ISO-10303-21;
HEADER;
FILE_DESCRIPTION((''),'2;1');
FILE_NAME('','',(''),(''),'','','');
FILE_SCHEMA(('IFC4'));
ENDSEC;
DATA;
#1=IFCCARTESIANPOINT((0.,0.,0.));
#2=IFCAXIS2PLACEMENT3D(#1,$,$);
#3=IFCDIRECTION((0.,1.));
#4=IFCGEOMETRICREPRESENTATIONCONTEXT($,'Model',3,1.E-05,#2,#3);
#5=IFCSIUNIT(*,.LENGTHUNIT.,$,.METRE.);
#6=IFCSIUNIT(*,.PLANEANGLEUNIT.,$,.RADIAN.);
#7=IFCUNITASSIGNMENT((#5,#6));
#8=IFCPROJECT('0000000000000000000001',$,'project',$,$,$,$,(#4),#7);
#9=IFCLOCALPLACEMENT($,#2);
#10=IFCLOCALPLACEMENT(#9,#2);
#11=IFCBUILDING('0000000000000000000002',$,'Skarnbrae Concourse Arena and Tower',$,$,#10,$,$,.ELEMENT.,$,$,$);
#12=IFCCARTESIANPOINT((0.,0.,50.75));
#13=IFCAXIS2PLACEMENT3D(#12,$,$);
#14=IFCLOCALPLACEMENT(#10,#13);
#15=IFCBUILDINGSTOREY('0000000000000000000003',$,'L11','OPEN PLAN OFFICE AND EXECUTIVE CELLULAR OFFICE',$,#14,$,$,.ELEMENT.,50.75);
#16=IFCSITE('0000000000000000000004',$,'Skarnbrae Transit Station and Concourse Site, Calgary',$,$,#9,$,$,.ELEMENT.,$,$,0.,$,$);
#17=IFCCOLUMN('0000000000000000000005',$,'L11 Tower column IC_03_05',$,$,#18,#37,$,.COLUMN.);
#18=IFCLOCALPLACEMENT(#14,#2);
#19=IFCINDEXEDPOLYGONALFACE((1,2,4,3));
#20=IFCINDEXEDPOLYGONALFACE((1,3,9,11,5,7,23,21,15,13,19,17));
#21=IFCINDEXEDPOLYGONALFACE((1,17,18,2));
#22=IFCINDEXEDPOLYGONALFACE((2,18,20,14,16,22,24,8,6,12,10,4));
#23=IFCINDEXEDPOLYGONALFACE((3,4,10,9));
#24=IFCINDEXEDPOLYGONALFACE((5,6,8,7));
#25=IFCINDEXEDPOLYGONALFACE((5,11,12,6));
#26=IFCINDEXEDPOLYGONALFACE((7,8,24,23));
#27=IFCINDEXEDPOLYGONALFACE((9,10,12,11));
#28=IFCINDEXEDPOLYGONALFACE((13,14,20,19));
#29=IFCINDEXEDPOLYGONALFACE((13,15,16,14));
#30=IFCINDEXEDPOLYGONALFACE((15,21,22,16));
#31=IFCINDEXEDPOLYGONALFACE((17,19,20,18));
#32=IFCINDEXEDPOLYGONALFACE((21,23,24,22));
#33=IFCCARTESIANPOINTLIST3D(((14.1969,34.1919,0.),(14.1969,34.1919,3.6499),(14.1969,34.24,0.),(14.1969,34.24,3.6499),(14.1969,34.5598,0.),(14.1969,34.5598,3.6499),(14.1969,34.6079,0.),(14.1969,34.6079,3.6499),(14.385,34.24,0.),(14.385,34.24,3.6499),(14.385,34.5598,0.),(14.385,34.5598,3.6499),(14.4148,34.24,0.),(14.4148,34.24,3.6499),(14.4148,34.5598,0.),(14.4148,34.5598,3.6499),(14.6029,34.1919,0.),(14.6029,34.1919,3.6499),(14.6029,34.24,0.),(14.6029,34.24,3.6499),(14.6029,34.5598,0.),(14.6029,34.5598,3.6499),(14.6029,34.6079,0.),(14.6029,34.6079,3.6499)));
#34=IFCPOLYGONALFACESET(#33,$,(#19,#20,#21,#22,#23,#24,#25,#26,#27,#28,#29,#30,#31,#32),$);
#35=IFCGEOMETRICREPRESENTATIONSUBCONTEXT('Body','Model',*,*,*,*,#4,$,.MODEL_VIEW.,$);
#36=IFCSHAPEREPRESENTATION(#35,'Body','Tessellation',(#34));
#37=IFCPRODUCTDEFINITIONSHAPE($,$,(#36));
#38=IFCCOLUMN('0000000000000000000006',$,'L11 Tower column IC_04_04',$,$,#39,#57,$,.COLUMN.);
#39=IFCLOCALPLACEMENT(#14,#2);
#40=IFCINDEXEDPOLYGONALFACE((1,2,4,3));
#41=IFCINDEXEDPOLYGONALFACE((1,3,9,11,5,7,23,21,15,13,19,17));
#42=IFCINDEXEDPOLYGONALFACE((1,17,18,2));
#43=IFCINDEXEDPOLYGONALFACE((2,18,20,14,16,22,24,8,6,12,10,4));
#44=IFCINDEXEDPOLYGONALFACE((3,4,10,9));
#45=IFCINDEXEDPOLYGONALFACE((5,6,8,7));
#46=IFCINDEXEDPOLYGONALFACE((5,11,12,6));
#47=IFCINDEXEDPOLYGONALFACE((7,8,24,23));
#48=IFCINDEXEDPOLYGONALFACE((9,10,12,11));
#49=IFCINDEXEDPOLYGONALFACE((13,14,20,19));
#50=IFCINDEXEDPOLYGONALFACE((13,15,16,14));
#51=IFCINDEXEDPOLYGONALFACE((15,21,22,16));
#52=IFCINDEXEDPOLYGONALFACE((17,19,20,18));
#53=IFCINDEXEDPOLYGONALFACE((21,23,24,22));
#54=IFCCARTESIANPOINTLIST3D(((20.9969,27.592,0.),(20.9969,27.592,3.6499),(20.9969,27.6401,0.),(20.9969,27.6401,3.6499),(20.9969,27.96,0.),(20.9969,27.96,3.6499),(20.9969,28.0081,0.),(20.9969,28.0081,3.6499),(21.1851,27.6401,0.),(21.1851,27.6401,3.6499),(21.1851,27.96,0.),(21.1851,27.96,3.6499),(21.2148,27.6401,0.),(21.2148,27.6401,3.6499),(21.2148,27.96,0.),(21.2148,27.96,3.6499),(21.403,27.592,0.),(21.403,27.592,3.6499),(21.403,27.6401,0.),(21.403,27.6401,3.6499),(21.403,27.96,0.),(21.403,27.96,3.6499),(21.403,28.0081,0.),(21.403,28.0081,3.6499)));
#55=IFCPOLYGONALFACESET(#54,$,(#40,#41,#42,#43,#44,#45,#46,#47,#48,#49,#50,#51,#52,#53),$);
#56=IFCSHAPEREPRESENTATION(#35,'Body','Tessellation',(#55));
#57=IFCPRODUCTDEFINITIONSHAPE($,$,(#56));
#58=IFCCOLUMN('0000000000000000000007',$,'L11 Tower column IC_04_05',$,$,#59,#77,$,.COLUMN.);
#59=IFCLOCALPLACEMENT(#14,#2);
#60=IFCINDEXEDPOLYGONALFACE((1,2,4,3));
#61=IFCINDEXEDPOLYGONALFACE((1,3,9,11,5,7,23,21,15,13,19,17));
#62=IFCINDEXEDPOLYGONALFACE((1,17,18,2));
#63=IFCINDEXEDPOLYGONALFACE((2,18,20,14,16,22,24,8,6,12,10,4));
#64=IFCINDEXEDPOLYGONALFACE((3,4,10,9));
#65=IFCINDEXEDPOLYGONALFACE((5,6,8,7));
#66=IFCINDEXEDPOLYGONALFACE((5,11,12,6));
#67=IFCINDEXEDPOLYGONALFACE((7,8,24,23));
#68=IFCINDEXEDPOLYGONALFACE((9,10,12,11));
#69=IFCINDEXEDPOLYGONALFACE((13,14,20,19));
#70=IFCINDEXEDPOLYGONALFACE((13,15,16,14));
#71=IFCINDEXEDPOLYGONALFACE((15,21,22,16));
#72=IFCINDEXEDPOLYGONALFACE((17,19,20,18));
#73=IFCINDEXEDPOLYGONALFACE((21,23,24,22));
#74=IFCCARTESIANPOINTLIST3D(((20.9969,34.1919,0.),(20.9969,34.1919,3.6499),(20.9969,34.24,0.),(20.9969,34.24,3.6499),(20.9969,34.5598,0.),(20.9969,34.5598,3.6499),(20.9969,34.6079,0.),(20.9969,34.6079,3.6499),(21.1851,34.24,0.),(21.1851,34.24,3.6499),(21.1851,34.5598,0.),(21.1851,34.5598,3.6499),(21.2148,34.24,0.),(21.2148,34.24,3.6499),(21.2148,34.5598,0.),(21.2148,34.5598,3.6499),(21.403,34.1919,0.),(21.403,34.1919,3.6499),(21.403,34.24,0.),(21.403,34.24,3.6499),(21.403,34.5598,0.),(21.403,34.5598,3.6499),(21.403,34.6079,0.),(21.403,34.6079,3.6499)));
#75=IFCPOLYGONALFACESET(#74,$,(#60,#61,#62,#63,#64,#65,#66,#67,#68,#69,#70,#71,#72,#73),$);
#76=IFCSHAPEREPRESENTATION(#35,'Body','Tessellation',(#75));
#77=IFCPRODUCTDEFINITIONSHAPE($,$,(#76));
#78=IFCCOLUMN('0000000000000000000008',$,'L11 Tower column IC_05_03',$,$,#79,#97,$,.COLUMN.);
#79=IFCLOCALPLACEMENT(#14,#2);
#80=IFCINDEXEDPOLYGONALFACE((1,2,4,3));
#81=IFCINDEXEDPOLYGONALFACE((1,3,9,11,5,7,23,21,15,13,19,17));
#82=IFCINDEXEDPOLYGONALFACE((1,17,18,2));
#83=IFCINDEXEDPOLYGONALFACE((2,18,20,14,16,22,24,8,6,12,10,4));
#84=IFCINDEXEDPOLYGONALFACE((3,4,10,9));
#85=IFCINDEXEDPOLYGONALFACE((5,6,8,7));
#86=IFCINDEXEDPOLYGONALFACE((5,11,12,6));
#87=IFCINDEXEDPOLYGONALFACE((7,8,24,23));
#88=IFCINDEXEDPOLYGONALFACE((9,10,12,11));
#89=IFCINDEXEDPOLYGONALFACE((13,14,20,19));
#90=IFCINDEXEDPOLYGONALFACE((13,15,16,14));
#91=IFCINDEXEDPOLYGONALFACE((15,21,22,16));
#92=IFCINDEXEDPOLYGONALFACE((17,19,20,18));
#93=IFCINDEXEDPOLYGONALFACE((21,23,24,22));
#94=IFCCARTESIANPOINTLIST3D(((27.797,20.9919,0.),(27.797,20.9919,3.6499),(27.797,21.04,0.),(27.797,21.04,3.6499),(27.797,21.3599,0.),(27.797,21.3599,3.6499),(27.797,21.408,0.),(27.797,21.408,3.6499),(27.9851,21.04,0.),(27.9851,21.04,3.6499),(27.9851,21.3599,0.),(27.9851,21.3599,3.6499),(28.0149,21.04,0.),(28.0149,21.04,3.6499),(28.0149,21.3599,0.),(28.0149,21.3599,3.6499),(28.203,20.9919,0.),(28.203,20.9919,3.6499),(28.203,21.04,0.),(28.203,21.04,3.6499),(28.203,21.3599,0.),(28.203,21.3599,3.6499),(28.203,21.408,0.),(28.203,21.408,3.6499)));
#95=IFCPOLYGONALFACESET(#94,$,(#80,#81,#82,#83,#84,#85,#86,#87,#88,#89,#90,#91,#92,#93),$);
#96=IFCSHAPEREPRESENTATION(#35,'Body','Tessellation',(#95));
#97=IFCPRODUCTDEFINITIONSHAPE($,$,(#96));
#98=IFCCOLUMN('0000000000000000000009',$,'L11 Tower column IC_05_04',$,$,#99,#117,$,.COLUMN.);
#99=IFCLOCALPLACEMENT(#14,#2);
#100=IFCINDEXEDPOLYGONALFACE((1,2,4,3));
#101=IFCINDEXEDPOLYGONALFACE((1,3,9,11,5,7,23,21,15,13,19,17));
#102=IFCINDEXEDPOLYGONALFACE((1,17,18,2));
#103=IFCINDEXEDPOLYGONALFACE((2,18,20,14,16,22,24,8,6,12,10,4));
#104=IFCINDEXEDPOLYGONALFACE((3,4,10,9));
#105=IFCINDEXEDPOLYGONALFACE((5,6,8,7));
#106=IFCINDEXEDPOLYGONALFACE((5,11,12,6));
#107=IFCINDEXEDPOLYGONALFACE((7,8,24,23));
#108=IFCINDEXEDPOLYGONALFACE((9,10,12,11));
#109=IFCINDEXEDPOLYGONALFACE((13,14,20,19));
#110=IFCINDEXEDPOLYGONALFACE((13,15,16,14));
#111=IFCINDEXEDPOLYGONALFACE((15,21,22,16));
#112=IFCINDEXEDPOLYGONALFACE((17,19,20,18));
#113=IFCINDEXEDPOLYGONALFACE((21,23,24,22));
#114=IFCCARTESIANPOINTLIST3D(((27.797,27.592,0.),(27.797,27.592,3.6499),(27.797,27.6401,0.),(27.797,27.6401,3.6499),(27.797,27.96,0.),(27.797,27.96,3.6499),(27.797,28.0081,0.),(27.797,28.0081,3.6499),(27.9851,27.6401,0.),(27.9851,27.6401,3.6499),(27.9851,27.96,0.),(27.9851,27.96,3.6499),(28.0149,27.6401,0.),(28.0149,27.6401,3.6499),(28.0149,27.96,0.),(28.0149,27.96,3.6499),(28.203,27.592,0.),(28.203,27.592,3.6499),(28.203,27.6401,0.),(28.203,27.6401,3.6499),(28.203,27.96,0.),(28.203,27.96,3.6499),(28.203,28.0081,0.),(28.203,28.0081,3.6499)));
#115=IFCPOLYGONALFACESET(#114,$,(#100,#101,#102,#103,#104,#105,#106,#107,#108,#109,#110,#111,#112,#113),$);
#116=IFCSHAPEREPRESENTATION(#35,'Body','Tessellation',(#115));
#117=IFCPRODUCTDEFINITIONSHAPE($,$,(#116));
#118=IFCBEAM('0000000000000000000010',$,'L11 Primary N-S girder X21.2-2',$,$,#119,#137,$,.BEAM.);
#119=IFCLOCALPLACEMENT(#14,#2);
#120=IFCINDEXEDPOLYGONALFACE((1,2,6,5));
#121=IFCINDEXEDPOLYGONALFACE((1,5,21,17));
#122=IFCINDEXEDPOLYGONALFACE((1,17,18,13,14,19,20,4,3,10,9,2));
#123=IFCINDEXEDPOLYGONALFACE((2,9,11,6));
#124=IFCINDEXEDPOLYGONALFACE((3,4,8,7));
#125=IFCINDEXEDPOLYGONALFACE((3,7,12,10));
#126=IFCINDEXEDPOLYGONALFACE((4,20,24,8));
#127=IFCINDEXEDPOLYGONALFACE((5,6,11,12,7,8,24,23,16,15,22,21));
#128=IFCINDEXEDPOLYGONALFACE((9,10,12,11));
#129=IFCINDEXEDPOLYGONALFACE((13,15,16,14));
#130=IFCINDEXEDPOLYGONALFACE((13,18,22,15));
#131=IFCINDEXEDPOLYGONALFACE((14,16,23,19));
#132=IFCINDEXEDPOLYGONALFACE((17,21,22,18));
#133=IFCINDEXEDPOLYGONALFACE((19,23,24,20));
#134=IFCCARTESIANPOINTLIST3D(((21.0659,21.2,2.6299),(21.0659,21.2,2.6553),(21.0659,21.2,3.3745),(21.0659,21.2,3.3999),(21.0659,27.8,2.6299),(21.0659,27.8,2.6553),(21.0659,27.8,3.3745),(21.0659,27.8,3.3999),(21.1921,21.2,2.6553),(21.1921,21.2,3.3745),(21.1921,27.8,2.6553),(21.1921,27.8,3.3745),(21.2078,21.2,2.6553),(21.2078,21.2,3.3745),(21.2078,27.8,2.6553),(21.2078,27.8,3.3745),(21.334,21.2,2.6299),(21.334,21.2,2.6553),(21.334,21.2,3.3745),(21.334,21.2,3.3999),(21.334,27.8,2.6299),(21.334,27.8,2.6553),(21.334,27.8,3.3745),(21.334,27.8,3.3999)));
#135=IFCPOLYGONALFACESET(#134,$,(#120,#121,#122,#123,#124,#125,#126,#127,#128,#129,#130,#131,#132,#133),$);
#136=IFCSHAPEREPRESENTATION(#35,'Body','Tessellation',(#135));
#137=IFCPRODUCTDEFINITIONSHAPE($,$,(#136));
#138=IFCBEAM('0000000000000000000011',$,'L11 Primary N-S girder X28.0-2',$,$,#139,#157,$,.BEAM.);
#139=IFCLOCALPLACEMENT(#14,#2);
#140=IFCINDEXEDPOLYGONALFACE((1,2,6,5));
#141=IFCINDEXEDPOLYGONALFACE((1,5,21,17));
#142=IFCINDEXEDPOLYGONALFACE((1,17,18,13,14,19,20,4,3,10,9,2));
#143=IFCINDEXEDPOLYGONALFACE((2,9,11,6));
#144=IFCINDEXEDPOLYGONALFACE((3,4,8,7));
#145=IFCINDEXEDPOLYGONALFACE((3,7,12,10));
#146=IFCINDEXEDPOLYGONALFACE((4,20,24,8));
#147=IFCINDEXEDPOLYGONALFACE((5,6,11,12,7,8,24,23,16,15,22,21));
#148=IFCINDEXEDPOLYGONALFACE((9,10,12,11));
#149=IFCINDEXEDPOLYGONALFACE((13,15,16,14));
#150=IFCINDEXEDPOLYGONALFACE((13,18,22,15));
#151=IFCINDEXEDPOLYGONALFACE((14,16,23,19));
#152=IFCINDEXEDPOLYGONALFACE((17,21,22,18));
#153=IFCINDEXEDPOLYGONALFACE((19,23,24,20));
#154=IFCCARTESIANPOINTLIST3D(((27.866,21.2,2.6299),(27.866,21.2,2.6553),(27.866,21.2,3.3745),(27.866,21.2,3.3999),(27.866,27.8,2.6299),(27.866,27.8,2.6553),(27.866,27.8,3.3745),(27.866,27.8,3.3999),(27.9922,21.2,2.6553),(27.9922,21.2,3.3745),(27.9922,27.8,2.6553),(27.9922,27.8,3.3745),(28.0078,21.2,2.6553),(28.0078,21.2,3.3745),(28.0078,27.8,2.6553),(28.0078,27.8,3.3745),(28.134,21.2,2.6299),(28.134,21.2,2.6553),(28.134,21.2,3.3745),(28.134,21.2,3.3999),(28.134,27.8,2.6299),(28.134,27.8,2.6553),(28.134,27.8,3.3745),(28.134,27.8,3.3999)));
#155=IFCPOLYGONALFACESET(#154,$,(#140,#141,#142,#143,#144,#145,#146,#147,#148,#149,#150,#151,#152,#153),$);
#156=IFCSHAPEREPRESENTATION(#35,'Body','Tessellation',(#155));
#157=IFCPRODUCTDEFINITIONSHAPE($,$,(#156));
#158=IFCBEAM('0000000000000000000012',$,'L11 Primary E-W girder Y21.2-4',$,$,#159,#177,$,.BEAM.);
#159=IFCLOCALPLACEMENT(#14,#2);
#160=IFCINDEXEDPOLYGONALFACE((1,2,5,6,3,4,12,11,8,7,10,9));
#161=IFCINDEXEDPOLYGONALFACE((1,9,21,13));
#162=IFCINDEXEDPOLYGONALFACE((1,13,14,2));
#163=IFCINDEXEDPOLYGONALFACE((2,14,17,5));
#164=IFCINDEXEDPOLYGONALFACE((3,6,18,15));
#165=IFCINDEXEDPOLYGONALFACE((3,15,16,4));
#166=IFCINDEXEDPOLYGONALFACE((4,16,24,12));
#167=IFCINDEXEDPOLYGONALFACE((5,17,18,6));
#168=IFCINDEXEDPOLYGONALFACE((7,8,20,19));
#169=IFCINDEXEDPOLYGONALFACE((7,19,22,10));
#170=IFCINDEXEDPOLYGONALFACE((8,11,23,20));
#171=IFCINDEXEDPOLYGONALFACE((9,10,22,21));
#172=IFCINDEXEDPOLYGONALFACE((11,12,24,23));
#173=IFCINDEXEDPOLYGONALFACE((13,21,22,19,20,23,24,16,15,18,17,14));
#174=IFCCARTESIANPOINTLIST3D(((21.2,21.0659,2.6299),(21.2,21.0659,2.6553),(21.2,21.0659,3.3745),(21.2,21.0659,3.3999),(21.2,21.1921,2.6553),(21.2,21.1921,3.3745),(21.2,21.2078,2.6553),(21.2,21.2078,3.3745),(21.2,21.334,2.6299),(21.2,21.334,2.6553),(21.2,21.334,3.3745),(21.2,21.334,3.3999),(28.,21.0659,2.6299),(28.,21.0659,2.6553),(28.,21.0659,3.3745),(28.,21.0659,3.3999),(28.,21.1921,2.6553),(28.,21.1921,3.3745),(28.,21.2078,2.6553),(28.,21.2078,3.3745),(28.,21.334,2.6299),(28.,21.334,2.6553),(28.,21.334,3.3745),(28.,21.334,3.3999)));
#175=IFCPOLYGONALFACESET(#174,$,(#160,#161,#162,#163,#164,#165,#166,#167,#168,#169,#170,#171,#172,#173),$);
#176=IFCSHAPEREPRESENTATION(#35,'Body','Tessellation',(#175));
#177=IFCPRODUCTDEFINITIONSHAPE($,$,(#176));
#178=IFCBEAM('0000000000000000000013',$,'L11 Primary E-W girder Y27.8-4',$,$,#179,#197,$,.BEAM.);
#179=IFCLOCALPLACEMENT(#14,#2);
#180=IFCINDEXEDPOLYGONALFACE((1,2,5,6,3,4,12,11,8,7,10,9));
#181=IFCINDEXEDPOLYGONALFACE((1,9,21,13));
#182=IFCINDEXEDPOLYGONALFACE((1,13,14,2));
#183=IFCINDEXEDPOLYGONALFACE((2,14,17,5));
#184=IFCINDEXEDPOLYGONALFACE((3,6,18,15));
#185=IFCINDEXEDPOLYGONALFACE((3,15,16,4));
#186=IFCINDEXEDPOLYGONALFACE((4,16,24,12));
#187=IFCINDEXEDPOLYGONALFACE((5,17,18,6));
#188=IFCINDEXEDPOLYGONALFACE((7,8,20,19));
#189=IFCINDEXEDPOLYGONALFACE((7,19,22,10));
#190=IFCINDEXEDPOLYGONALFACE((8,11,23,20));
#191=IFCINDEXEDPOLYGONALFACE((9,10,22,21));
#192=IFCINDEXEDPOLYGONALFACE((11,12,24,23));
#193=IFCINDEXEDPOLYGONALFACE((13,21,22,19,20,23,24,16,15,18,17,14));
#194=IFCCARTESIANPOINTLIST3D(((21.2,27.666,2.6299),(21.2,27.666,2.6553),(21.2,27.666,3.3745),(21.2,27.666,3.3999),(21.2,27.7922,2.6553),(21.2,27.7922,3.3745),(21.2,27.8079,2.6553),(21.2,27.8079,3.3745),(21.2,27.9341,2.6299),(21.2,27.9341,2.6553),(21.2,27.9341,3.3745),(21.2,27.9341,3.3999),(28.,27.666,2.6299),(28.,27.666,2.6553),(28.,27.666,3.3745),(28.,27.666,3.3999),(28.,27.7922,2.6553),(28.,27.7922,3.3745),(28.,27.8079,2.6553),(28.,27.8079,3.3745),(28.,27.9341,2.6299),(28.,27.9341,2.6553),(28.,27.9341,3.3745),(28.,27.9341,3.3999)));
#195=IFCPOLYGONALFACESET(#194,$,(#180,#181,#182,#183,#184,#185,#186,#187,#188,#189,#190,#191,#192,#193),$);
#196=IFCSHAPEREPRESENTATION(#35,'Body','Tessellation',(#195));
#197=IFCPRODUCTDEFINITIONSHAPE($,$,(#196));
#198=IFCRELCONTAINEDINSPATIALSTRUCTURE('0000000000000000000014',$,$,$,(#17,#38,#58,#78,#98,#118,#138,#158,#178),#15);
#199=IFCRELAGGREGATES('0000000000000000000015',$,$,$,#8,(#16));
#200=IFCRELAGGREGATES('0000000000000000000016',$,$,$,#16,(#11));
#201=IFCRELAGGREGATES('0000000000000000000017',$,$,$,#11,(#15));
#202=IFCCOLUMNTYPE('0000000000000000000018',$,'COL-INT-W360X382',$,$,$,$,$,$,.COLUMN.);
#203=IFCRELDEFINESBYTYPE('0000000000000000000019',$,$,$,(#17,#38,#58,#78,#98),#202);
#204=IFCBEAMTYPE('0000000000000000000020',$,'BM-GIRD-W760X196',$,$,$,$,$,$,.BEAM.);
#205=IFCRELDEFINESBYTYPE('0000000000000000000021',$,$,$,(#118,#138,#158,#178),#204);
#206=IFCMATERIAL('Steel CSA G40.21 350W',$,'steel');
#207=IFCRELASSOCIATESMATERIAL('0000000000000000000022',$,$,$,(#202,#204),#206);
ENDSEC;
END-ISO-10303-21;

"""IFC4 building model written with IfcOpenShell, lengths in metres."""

from ifc_helpers import new_model, si_unit, direction, frame, origin, origin_2d, place, context, subcontext, project, spatial, i_section, extrude, source, transform, mapped, material, material_profile, profile_set, type_object, element, save


model = new_model("IFC4")

# Units and contexts
model_context = context("Model", 3, precision=1e-05, world=origin(), true_north=direction((0.0, 1.0)))
body_context = subcontext(model_context, "Body", "Model", "MODEL_VIEW")
ifc_project = project(units=[si_unit("LENGTHUNIT", "METRE"), si_unit("PLANEANGLEUNIT", "RADIAN")], contexts=[model_context])

# Site, building, storey
site_placement = place(None, origin())
site = spatial("IfcSite", under=ifc_project, at=site_placement, Name="Skarnbrae Transit Station and Concourse Site, Calgary", CompositionType="ELEMENT", RefElevation=0.0)
building_placement = place(site_placement, origin())
building = spatial("IfcBuilding", under=site, at=building_placement, Name="Skarnbrae Concourse Arena and Tower", CompositionType="ELEMENT")
storey_placement = place(building_placement, frame((0.0, 0.0, 50.75)))
storey = spatial("IfcBuildingStorey", under=building, at=storey_placement, Name="L11", Description="OPEN PLAN OFFICE AND EXECUTIVE CELLULAR OFFICE", CompositionType="ELEMENT", Elevation=50.75)

# Columns
ifc_material_1 = material(Name="Steel CSA G40.21 350W", Category="steel")
ifc_material_profile_1 = material_profile(ifc_material_1, i_section(OverallWidth=0.406, OverallDepth=0.416, WebThickness=0.0298, FlangeThickness=0.0481, at=origin_2d()), Name="W360X382")
ifc_profile_set_1 = profile_set([ifc_material_profile_1], Name="Steel CSA G40.21 350W")
column_type = type_object("IfcColumnType", Name="COL-INT-W360X382", PredefinedType="COLUMN", material=ifc_profile_set_1)
shared_shape_1 = source(origin(), body_context, "Body", "SweptSolid", [
    extrude(i_section(OverallWidth=0.406, OverallDepth=0.416, WebThickness=0.0298, FlangeThickness=0.0481, at=origin_2d()), origin(), (0.0, 0.0, 1.0), 3.6499),
])
for number, where, z_axis, x_axis, name in (
    (1, (14.3999, 34.3999, 0.0), (0.0, 0.0, 1.0), (1.0, 0.0, 0.0), "L11 Tower column IC_03_05"),
    (2, (21.2, 27.8, 0.0), (0.0, 0.0, 1.0), (1.0, 0.0, 0.0), "L11 Tower column IC_04_04"),
    (3, (21.2, 34.3999, 0.0), (0.0, 0.0, 1.0), (1.0, 0.0, 0.0), "L11 Tower column IC_04_05"),
    (4, (28.0, 21.2, 0.0), (0.0, 0.0, 1.0), (1.0, 0.0, 0.0), "L11 Tower column IC_05_03"),
    (5, (28.0, 27.8, 0.0), (0.0, 0.0, 1.0), (1.0, 0.0, 0.0), "L11 Tower column IC_05_04"),
):
    element("IfcColumn", number, at=place(storey_placement, frame(where, z_axis=z_axis, x_axis=x_axis)), inside=storey, type_object=column_type, Name=name, PredefinedType="COLUMN", context=body_context, shape_type="MappedRepresentation", body=[
        mapped(shared_shape_1, transform((0.0, 0.0, 0.0))),
    ])

# Beams
ifc_material_profile_2 = material_profile(ifc_material_1, i_section(OverallWidth=0.2681, OverallDepth=0.77, WebThickness=0.0156, FlangeThickness=0.0254, at=origin_2d()), Name="W760X196")
ifc_profile_set_2 = profile_set([ifc_material_profile_2], Name="Steel CSA G40.21 350W")
beam_type_1 = type_object("IfcBeamType", Name="BM-GIRD-W760X196", PredefinedType="BEAM", material=ifc_profile_set_2)
shared_shape_2 = source(origin(), body_context, "Body", "SweptSolid", [
    extrude(i_section(OverallWidth=0.2681, OverallDepth=0.77, WebThickness=0.0156, FlangeThickness=0.0254, at=origin_2d()), origin(), (0.0, 0.0, 1.0), 6.6001),
])
for number, where, z_axis, x_axis, name in (
    (6, (21.2, 21.2, 3.0149), (0.0, 1.0, 0.0), (-1.0, 0.0, 0.0), "L11 Primary N-S girder X21.2-2"),
    (7, (28.0, 21.2, 3.0149), (0.0, 1.0, 0.0), (-1.0, 0.0, 0.0), "L11 Primary N-S girder X28.0-2"),
):
    element("IfcBeam", number, at=place(storey_placement, frame(where, z_axis=z_axis, x_axis=x_axis)), inside=storey, type_object=beam_type_1, Name=name, PredefinedType="BEAM", context=body_context, shape_type="MappedRepresentation", body=[
        mapped(shared_shape_2, transform((0.0, 0.0, 0.0))),
    ])
shared_shape_3 = source(origin(), body_context, "Body", "SweptSolid", [
    extrude(i_section(OverallWidth=0.2681, OverallDepth=0.77, WebThickness=0.0156, FlangeThickness=0.0254, at=origin_2d()), origin(), (0.0, 0.0, 1.0), 6.8),
])
for number, where, z_axis, x_axis, name in (
    (8, (21.2, 21.2, 3.0149), (1.0, 0.0, 0.0), (0.0, 1.0, 0.0), "L11 Primary E-W girder Y21.2-4"),
    (9, (21.2, 27.8, 3.0149), (1.0, 0.0, 0.0), (0.0, 1.0, 0.0), "L11 Primary E-W girder Y27.8-4"),
):
    element("IfcBeam", number, at=place(storey_placement, frame(where, z_axis=z_axis, x_axis=x_axis)), inside=storey, type_object=beam_type_1, Name=name, PredefinedType="BEAM", context=body_context, shape_type="MappedRepresentation", body=[
        mapped(shared_shape_3, transform((0.0, 0.0, 0.0))),
    ])

save(model, "model.ifc")
